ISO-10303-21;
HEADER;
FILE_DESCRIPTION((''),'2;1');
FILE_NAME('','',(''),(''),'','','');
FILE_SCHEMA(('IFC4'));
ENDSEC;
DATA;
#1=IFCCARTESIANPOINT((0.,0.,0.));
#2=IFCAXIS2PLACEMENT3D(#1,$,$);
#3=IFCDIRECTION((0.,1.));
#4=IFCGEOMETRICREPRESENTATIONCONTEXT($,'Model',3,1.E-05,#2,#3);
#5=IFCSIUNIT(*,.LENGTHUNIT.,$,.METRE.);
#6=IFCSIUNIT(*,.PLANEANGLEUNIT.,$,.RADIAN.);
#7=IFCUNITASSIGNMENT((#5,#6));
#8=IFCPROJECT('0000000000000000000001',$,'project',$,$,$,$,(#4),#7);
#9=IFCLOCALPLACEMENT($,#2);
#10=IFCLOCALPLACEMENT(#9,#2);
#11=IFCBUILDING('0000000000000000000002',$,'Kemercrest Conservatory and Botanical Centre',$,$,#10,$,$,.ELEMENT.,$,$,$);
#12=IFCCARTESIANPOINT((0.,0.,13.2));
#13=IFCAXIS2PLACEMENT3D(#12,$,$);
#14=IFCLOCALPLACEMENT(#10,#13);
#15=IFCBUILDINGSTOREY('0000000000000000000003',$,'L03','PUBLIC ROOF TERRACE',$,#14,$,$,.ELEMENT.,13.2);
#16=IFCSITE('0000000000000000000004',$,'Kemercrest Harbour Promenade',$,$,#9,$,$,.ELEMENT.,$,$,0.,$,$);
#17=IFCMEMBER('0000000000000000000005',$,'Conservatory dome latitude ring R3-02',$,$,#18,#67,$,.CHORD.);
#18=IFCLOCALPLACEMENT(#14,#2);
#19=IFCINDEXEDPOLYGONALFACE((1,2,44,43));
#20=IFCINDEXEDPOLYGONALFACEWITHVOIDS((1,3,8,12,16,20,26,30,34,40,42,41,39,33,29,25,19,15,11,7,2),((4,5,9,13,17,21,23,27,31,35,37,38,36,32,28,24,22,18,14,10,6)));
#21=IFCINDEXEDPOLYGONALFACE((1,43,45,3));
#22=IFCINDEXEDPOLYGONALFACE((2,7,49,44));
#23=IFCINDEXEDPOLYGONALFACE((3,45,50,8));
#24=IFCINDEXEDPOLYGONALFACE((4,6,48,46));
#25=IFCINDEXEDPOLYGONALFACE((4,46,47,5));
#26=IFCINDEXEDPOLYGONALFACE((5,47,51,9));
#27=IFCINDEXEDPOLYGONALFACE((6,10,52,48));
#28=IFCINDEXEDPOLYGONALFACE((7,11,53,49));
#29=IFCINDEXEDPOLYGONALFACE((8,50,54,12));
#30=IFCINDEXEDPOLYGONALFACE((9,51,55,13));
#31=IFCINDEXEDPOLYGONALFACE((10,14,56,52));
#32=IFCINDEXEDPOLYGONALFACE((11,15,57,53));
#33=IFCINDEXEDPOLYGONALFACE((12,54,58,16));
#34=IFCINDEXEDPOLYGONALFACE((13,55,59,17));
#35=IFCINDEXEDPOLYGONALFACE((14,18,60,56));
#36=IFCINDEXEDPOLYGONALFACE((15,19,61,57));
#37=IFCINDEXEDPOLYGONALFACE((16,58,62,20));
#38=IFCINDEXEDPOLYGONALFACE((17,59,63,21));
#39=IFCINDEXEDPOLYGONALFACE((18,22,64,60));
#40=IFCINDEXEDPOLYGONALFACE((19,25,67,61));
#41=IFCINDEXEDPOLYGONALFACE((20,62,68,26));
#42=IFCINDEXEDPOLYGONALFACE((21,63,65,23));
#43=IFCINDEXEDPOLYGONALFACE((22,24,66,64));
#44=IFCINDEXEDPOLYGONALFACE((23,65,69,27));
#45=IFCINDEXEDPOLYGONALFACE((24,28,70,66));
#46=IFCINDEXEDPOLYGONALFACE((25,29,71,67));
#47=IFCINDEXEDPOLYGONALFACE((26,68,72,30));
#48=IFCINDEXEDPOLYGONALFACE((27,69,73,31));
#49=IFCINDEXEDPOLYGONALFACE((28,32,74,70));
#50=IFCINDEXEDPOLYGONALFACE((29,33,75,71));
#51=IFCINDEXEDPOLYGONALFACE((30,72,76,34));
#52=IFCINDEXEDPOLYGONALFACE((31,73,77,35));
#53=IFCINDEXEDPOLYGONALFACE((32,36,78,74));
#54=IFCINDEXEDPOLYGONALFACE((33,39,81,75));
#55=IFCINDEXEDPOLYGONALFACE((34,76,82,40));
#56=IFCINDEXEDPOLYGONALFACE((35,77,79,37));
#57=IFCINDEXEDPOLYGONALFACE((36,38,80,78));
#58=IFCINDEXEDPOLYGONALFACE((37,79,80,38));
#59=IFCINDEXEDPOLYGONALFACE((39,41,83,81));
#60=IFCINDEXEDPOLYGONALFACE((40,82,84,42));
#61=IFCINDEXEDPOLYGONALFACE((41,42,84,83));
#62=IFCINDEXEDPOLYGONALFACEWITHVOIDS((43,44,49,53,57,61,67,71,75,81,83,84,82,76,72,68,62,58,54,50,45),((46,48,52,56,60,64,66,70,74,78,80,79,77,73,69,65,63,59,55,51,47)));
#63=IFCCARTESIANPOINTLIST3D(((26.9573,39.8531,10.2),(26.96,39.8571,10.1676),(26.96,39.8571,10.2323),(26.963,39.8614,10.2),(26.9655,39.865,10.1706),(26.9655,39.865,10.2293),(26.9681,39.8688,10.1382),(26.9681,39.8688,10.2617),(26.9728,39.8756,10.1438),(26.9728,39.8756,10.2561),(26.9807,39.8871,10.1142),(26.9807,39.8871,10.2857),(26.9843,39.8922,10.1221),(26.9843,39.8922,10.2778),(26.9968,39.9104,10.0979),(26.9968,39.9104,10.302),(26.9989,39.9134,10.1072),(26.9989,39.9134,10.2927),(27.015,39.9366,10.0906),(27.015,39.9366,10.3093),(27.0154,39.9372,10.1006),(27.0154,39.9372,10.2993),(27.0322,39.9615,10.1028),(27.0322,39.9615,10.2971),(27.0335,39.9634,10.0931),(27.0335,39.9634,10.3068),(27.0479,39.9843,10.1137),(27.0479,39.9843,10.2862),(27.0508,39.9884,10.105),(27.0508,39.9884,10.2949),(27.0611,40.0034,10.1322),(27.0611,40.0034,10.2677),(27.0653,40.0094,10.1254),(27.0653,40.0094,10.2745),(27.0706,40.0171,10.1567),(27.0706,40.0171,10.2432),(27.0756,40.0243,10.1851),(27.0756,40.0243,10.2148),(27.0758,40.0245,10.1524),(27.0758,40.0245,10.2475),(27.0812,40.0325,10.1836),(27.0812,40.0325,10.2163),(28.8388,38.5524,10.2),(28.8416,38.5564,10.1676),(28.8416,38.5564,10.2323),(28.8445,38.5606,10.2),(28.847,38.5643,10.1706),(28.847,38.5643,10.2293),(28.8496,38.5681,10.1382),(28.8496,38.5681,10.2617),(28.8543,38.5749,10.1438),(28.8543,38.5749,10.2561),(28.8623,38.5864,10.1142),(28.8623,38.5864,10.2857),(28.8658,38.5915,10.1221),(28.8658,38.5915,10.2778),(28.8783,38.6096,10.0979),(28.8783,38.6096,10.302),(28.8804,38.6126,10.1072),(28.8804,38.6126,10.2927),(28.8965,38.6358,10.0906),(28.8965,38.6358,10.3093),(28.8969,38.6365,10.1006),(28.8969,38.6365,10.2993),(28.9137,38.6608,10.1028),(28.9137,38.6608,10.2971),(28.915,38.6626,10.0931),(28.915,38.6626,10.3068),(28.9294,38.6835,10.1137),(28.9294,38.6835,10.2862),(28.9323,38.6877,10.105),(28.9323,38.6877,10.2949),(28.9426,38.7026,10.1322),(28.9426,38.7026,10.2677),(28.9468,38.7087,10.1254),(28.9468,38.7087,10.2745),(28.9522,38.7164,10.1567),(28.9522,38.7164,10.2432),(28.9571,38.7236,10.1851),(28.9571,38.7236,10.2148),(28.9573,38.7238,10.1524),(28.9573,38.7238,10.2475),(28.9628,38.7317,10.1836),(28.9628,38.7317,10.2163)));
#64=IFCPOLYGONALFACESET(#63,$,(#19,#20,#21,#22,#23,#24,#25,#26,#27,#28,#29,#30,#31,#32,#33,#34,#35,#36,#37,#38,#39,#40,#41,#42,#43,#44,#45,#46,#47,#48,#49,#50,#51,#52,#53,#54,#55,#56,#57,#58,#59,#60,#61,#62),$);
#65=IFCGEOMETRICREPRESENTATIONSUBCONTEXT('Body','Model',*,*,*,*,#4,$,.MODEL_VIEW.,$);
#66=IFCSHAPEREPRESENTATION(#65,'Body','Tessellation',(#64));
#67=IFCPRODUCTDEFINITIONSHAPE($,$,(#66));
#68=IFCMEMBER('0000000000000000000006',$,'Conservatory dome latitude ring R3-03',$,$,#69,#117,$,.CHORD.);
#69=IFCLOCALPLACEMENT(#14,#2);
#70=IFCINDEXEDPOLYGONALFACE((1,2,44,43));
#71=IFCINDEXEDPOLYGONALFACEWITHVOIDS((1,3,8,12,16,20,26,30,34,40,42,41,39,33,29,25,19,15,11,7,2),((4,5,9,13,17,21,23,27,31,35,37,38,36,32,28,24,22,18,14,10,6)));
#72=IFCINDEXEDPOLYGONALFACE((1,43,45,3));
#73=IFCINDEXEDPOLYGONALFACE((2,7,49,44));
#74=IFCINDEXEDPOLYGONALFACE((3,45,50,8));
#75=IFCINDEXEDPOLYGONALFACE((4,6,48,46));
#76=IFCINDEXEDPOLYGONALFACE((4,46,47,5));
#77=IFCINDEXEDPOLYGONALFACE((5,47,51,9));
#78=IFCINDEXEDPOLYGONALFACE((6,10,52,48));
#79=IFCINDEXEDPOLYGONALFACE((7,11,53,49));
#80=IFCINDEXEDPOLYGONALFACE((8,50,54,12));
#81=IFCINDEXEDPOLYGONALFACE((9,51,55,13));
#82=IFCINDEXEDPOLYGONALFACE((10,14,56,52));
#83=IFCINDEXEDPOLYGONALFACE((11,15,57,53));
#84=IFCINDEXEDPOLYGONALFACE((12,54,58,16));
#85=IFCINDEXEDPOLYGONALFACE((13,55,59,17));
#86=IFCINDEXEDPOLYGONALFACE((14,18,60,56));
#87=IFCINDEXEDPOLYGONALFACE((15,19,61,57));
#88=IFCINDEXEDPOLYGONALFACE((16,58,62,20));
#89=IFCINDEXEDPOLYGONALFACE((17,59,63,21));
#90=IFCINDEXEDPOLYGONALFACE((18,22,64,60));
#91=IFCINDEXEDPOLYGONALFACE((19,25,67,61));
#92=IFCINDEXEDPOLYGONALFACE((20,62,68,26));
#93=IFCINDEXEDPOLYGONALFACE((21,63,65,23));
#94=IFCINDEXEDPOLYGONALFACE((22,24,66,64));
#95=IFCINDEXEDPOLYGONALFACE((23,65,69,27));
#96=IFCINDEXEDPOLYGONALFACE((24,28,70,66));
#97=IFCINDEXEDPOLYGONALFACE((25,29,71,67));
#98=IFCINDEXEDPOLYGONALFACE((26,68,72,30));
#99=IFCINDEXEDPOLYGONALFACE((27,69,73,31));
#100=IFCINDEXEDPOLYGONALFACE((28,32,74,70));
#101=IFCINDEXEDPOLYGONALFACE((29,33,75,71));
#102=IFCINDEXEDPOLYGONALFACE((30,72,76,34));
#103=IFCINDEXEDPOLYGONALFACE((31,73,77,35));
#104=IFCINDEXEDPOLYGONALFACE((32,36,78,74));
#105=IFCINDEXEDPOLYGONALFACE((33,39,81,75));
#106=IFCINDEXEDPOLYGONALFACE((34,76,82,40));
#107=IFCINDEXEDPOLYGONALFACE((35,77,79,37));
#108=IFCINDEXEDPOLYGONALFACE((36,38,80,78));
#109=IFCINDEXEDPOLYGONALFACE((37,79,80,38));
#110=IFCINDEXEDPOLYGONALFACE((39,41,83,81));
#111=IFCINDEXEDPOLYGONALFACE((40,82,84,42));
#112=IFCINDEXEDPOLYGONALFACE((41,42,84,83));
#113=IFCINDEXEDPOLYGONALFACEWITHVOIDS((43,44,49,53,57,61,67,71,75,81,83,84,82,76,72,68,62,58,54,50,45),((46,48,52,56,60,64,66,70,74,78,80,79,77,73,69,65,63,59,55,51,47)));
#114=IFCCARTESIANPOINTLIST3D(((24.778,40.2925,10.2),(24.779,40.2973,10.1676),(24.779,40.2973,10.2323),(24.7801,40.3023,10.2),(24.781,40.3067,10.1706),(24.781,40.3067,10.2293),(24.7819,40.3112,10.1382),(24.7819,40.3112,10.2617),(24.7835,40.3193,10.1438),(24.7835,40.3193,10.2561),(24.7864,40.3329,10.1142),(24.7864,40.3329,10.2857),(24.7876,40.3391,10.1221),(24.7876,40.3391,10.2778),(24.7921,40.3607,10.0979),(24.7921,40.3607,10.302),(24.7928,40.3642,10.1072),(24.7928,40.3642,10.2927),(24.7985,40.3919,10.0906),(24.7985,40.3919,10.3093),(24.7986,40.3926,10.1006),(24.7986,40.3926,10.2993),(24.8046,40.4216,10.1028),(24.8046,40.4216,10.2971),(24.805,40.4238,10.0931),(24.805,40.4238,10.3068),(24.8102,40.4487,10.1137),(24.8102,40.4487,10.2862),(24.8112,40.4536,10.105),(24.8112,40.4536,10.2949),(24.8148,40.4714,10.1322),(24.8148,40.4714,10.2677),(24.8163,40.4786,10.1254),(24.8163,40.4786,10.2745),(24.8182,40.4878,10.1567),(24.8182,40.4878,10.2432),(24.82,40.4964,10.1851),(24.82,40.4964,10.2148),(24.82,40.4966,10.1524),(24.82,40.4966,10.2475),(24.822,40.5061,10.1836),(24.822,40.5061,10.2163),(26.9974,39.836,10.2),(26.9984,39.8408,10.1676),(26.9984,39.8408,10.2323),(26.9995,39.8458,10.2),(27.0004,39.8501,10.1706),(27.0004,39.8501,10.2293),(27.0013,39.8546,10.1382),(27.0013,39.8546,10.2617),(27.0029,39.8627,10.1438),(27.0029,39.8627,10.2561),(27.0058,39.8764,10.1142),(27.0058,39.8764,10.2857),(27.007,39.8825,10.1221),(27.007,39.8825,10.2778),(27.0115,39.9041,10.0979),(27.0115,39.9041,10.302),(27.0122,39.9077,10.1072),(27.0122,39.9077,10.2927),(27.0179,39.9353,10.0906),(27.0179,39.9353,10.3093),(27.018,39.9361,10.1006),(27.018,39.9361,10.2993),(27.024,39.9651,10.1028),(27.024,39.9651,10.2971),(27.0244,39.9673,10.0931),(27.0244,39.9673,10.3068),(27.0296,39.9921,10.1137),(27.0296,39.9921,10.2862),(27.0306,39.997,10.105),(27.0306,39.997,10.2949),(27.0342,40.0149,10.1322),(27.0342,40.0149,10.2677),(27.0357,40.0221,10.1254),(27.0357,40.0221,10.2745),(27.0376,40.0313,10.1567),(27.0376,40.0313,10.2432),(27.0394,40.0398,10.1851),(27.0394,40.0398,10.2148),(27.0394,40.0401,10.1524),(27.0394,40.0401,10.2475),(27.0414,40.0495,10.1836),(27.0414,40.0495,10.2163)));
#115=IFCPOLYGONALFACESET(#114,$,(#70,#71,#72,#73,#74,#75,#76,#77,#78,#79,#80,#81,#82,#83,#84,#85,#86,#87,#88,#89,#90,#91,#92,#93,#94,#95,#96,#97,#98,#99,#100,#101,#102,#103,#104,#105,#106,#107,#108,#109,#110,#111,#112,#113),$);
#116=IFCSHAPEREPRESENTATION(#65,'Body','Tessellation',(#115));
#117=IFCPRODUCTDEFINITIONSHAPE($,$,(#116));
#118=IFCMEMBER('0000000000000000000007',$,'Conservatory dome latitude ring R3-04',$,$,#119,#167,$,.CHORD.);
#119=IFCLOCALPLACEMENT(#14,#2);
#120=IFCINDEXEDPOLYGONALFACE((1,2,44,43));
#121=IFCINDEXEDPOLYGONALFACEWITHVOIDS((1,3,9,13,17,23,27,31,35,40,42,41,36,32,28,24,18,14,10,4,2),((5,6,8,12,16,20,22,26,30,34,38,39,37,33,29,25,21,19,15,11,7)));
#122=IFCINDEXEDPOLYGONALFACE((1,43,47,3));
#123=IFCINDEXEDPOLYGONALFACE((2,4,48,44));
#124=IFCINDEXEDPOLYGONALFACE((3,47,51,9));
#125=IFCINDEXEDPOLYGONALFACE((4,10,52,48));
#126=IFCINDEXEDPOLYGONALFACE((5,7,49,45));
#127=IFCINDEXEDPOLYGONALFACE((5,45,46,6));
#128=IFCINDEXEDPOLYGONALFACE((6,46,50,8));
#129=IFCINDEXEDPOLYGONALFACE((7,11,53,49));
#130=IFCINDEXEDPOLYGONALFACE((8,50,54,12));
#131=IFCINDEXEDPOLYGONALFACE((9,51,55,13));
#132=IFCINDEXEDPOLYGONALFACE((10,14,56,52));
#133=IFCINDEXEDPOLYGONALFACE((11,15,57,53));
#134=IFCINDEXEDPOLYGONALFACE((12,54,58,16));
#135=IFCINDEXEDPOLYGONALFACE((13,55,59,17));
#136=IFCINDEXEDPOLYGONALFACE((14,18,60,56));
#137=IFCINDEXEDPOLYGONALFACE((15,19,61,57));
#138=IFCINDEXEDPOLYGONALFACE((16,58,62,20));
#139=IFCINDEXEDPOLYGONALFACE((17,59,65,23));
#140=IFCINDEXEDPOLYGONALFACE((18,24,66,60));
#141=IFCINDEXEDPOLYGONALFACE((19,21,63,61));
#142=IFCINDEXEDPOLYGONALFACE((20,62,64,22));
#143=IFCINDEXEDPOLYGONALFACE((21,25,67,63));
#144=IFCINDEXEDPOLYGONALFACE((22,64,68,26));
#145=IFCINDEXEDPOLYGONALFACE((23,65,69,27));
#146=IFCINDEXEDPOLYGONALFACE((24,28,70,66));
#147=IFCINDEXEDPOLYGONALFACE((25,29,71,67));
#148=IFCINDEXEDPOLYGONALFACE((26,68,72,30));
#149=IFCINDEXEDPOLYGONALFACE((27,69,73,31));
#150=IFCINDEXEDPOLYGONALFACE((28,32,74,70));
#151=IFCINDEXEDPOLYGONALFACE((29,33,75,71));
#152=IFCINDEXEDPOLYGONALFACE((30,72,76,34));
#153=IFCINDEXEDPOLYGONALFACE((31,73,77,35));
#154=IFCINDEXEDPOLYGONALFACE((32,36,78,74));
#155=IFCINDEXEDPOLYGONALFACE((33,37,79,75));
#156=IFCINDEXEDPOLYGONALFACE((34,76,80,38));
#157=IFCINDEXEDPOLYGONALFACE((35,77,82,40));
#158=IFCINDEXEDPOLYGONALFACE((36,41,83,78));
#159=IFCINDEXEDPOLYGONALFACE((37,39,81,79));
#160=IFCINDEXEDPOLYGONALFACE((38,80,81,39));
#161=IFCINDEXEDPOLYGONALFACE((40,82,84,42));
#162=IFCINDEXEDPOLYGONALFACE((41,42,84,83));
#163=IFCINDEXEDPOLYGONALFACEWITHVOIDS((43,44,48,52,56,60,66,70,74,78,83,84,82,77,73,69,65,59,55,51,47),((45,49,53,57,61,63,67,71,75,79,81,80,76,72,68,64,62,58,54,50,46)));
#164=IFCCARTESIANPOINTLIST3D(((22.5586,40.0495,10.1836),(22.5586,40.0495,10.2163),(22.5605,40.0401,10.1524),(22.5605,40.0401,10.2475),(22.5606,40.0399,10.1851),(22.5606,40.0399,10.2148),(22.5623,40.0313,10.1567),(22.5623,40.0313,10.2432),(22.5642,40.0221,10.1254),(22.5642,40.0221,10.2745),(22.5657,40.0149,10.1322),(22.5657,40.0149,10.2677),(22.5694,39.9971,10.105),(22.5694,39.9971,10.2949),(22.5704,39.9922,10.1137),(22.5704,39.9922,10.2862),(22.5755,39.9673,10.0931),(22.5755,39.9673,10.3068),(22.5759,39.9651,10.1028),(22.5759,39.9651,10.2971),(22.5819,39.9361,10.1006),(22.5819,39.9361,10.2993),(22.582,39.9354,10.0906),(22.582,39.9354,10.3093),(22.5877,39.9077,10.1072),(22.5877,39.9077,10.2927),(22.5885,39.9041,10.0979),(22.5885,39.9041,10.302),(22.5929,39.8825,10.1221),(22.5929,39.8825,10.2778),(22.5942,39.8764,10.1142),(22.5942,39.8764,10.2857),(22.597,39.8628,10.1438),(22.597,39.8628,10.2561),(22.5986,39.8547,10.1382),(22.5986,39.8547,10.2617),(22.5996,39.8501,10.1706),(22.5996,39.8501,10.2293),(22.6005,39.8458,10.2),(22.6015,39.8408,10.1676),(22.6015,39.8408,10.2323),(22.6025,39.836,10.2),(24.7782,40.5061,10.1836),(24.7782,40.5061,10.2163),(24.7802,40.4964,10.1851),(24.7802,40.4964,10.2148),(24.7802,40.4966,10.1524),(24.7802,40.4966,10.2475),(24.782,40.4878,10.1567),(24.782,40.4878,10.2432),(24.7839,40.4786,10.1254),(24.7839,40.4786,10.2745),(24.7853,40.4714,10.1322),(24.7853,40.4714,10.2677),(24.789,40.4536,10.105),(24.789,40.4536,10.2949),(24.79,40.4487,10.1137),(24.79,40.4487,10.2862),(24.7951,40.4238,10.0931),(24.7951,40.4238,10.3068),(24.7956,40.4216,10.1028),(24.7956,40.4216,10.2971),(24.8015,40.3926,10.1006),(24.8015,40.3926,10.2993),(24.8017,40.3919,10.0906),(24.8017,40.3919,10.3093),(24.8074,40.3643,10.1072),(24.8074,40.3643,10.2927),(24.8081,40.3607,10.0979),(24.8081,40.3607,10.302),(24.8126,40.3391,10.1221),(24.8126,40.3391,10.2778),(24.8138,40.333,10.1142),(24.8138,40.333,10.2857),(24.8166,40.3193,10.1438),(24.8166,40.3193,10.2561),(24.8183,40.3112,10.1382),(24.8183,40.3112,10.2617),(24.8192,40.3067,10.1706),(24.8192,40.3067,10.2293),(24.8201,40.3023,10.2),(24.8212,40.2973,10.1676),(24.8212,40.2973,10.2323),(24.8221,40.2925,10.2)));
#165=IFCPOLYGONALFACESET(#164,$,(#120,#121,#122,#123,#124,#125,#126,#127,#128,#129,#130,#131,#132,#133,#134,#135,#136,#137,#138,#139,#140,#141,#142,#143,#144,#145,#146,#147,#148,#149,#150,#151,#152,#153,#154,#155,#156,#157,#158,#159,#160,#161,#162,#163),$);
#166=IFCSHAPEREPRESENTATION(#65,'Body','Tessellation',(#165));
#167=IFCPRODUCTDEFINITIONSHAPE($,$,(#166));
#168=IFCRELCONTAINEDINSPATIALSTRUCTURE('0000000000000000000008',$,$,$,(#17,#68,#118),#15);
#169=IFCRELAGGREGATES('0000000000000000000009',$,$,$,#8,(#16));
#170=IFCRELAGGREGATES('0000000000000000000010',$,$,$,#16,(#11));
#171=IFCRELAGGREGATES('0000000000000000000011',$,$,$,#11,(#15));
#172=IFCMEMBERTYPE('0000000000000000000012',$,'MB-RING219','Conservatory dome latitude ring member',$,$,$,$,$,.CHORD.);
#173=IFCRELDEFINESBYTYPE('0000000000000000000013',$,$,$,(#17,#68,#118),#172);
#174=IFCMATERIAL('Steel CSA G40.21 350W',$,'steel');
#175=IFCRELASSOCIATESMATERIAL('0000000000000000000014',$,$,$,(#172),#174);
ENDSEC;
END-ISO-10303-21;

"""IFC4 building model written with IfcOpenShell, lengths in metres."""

from ifc_helpers import new_model, si_unit, direction, frame, origin, origin_2d, place, context, subcontext, project, spatial, hollow_circle, extrude, material, material_profile, profile_set, type_object, element, save


model = new_model("IFC4")

# Units and contexts
model_context = context("Model", 3, precision=1e-05, world=origin(), true_north=direction((0.0, 1.0)))
body_context = subcontext(model_context, "Body", "Model", "MODEL_VIEW")
ifc_project = project(units=[si_unit("LENGTHUNIT", "METRE"), si_unit("PLANEANGLEUNIT", "RADIAN")], contexts=[model_context])

# Site, building, storey
site_placement = place(None, origin())
site = spatial("IfcSite", under=ifc_project, at=site_placement, Name="Kemercrest Harbour Promenade", CompositionType="ELEMENT", RefElevation=0.0)
building_placement = place(site_placement, origin())
building = spatial("IfcBuilding", under=site, at=building_placement, Name="Kemercrest Conservatory and Botanical Centre", CompositionType="ELEMENT")
storey_placement = place(building_placement, frame((0.0, 0.0, 13.2)))
storey = spatial("IfcBuildingStorey", under=building, at=storey_placement, Name="L03", Description="PUBLIC ROOF TERRACE", CompositionType="ELEMENT", Elevation=13.2)

# Shared definitions
ifc_material_1 = material(Name="Steel CSA G40.21 350W", Category="steel")

# Members
ifc_material_profile_1 = material_profile(ifc_material_1, hollow_circle(Radius=0.1096, WallThickness=0.01, at=origin_2d()), Name="CHS 219.1x10.0")
ifc_profile_set_1 = profile_set([ifc_material_profile_1], Name="Steel CSA G40.21 350W")
member_type_1 = type_object("IfcMemberType", Name="MB-RING219", Description="Conservatory dome latitude ring member", PredefinedType="CHORD", material=ifc_profile_set_1)
member_1_placement = place(storey_placement, frame((28.9011, 38.6426, 10.2), z_axis=(-0.822572, 0.56866, 0.0), x_axis=(-0.56866, -0.822572, 0.0)))
element("IfcMember", 1, at=member_1_placement, inside=storey, type_object=member_type_1, Name="Conservatory dome latitude ring R3-02", PredefinedType="CHORD", context=body_context, shape_type="SweptSolid", body=[
    extrude(hollow_circle(Radius=0.1096, WallThickness=0.01, at=origin_2d()), origin(), (0.0, 0.0, 1.0), 2.2874),
])
member_2_placement = place(storey_placement, frame((27.0195, 39.9434, 10.2), z_axis=(-0.979493, 0.20148, 0.0), x_axis=(-0.20148, -0.979493, 0.0)))
element("IfcMember", 2, at=member_2_placement, inside=storey, type_object=member_type_1, Name="Conservatory dome latitude ring R3-03", PredefinedType="CHORD", context=body_context, shape_type="SweptSolid", body=[
    extrude(hollow_circle(Radius=0.1096, WallThickness=0.01, at=origin_2d()), origin(), (0.0, 0.0, 1.0), 2.2659),
])
member_3_placement = place(storey_placement, frame((24.8, 40.3999, 10.2), z_axis=(-0.979497, -0.201458, 0.0), x_axis=(0.201458, -0.979497, 0.0)))
element("IfcMember", 3, at=member_3_placement, inside=storey, type_object=member_type_1, Name="Conservatory dome latitude ring R3-04", PredefinedType="CHORD", context=body_context, shape_type="SweptSolid", body=[
    extrude(hollow_circle(Radius=0.1096, WallThickness=0.01, at=origin_2d()), origin(), (0.0, 0.0, 1.0), 2.2661),
])

save(model, "model.ifc")
